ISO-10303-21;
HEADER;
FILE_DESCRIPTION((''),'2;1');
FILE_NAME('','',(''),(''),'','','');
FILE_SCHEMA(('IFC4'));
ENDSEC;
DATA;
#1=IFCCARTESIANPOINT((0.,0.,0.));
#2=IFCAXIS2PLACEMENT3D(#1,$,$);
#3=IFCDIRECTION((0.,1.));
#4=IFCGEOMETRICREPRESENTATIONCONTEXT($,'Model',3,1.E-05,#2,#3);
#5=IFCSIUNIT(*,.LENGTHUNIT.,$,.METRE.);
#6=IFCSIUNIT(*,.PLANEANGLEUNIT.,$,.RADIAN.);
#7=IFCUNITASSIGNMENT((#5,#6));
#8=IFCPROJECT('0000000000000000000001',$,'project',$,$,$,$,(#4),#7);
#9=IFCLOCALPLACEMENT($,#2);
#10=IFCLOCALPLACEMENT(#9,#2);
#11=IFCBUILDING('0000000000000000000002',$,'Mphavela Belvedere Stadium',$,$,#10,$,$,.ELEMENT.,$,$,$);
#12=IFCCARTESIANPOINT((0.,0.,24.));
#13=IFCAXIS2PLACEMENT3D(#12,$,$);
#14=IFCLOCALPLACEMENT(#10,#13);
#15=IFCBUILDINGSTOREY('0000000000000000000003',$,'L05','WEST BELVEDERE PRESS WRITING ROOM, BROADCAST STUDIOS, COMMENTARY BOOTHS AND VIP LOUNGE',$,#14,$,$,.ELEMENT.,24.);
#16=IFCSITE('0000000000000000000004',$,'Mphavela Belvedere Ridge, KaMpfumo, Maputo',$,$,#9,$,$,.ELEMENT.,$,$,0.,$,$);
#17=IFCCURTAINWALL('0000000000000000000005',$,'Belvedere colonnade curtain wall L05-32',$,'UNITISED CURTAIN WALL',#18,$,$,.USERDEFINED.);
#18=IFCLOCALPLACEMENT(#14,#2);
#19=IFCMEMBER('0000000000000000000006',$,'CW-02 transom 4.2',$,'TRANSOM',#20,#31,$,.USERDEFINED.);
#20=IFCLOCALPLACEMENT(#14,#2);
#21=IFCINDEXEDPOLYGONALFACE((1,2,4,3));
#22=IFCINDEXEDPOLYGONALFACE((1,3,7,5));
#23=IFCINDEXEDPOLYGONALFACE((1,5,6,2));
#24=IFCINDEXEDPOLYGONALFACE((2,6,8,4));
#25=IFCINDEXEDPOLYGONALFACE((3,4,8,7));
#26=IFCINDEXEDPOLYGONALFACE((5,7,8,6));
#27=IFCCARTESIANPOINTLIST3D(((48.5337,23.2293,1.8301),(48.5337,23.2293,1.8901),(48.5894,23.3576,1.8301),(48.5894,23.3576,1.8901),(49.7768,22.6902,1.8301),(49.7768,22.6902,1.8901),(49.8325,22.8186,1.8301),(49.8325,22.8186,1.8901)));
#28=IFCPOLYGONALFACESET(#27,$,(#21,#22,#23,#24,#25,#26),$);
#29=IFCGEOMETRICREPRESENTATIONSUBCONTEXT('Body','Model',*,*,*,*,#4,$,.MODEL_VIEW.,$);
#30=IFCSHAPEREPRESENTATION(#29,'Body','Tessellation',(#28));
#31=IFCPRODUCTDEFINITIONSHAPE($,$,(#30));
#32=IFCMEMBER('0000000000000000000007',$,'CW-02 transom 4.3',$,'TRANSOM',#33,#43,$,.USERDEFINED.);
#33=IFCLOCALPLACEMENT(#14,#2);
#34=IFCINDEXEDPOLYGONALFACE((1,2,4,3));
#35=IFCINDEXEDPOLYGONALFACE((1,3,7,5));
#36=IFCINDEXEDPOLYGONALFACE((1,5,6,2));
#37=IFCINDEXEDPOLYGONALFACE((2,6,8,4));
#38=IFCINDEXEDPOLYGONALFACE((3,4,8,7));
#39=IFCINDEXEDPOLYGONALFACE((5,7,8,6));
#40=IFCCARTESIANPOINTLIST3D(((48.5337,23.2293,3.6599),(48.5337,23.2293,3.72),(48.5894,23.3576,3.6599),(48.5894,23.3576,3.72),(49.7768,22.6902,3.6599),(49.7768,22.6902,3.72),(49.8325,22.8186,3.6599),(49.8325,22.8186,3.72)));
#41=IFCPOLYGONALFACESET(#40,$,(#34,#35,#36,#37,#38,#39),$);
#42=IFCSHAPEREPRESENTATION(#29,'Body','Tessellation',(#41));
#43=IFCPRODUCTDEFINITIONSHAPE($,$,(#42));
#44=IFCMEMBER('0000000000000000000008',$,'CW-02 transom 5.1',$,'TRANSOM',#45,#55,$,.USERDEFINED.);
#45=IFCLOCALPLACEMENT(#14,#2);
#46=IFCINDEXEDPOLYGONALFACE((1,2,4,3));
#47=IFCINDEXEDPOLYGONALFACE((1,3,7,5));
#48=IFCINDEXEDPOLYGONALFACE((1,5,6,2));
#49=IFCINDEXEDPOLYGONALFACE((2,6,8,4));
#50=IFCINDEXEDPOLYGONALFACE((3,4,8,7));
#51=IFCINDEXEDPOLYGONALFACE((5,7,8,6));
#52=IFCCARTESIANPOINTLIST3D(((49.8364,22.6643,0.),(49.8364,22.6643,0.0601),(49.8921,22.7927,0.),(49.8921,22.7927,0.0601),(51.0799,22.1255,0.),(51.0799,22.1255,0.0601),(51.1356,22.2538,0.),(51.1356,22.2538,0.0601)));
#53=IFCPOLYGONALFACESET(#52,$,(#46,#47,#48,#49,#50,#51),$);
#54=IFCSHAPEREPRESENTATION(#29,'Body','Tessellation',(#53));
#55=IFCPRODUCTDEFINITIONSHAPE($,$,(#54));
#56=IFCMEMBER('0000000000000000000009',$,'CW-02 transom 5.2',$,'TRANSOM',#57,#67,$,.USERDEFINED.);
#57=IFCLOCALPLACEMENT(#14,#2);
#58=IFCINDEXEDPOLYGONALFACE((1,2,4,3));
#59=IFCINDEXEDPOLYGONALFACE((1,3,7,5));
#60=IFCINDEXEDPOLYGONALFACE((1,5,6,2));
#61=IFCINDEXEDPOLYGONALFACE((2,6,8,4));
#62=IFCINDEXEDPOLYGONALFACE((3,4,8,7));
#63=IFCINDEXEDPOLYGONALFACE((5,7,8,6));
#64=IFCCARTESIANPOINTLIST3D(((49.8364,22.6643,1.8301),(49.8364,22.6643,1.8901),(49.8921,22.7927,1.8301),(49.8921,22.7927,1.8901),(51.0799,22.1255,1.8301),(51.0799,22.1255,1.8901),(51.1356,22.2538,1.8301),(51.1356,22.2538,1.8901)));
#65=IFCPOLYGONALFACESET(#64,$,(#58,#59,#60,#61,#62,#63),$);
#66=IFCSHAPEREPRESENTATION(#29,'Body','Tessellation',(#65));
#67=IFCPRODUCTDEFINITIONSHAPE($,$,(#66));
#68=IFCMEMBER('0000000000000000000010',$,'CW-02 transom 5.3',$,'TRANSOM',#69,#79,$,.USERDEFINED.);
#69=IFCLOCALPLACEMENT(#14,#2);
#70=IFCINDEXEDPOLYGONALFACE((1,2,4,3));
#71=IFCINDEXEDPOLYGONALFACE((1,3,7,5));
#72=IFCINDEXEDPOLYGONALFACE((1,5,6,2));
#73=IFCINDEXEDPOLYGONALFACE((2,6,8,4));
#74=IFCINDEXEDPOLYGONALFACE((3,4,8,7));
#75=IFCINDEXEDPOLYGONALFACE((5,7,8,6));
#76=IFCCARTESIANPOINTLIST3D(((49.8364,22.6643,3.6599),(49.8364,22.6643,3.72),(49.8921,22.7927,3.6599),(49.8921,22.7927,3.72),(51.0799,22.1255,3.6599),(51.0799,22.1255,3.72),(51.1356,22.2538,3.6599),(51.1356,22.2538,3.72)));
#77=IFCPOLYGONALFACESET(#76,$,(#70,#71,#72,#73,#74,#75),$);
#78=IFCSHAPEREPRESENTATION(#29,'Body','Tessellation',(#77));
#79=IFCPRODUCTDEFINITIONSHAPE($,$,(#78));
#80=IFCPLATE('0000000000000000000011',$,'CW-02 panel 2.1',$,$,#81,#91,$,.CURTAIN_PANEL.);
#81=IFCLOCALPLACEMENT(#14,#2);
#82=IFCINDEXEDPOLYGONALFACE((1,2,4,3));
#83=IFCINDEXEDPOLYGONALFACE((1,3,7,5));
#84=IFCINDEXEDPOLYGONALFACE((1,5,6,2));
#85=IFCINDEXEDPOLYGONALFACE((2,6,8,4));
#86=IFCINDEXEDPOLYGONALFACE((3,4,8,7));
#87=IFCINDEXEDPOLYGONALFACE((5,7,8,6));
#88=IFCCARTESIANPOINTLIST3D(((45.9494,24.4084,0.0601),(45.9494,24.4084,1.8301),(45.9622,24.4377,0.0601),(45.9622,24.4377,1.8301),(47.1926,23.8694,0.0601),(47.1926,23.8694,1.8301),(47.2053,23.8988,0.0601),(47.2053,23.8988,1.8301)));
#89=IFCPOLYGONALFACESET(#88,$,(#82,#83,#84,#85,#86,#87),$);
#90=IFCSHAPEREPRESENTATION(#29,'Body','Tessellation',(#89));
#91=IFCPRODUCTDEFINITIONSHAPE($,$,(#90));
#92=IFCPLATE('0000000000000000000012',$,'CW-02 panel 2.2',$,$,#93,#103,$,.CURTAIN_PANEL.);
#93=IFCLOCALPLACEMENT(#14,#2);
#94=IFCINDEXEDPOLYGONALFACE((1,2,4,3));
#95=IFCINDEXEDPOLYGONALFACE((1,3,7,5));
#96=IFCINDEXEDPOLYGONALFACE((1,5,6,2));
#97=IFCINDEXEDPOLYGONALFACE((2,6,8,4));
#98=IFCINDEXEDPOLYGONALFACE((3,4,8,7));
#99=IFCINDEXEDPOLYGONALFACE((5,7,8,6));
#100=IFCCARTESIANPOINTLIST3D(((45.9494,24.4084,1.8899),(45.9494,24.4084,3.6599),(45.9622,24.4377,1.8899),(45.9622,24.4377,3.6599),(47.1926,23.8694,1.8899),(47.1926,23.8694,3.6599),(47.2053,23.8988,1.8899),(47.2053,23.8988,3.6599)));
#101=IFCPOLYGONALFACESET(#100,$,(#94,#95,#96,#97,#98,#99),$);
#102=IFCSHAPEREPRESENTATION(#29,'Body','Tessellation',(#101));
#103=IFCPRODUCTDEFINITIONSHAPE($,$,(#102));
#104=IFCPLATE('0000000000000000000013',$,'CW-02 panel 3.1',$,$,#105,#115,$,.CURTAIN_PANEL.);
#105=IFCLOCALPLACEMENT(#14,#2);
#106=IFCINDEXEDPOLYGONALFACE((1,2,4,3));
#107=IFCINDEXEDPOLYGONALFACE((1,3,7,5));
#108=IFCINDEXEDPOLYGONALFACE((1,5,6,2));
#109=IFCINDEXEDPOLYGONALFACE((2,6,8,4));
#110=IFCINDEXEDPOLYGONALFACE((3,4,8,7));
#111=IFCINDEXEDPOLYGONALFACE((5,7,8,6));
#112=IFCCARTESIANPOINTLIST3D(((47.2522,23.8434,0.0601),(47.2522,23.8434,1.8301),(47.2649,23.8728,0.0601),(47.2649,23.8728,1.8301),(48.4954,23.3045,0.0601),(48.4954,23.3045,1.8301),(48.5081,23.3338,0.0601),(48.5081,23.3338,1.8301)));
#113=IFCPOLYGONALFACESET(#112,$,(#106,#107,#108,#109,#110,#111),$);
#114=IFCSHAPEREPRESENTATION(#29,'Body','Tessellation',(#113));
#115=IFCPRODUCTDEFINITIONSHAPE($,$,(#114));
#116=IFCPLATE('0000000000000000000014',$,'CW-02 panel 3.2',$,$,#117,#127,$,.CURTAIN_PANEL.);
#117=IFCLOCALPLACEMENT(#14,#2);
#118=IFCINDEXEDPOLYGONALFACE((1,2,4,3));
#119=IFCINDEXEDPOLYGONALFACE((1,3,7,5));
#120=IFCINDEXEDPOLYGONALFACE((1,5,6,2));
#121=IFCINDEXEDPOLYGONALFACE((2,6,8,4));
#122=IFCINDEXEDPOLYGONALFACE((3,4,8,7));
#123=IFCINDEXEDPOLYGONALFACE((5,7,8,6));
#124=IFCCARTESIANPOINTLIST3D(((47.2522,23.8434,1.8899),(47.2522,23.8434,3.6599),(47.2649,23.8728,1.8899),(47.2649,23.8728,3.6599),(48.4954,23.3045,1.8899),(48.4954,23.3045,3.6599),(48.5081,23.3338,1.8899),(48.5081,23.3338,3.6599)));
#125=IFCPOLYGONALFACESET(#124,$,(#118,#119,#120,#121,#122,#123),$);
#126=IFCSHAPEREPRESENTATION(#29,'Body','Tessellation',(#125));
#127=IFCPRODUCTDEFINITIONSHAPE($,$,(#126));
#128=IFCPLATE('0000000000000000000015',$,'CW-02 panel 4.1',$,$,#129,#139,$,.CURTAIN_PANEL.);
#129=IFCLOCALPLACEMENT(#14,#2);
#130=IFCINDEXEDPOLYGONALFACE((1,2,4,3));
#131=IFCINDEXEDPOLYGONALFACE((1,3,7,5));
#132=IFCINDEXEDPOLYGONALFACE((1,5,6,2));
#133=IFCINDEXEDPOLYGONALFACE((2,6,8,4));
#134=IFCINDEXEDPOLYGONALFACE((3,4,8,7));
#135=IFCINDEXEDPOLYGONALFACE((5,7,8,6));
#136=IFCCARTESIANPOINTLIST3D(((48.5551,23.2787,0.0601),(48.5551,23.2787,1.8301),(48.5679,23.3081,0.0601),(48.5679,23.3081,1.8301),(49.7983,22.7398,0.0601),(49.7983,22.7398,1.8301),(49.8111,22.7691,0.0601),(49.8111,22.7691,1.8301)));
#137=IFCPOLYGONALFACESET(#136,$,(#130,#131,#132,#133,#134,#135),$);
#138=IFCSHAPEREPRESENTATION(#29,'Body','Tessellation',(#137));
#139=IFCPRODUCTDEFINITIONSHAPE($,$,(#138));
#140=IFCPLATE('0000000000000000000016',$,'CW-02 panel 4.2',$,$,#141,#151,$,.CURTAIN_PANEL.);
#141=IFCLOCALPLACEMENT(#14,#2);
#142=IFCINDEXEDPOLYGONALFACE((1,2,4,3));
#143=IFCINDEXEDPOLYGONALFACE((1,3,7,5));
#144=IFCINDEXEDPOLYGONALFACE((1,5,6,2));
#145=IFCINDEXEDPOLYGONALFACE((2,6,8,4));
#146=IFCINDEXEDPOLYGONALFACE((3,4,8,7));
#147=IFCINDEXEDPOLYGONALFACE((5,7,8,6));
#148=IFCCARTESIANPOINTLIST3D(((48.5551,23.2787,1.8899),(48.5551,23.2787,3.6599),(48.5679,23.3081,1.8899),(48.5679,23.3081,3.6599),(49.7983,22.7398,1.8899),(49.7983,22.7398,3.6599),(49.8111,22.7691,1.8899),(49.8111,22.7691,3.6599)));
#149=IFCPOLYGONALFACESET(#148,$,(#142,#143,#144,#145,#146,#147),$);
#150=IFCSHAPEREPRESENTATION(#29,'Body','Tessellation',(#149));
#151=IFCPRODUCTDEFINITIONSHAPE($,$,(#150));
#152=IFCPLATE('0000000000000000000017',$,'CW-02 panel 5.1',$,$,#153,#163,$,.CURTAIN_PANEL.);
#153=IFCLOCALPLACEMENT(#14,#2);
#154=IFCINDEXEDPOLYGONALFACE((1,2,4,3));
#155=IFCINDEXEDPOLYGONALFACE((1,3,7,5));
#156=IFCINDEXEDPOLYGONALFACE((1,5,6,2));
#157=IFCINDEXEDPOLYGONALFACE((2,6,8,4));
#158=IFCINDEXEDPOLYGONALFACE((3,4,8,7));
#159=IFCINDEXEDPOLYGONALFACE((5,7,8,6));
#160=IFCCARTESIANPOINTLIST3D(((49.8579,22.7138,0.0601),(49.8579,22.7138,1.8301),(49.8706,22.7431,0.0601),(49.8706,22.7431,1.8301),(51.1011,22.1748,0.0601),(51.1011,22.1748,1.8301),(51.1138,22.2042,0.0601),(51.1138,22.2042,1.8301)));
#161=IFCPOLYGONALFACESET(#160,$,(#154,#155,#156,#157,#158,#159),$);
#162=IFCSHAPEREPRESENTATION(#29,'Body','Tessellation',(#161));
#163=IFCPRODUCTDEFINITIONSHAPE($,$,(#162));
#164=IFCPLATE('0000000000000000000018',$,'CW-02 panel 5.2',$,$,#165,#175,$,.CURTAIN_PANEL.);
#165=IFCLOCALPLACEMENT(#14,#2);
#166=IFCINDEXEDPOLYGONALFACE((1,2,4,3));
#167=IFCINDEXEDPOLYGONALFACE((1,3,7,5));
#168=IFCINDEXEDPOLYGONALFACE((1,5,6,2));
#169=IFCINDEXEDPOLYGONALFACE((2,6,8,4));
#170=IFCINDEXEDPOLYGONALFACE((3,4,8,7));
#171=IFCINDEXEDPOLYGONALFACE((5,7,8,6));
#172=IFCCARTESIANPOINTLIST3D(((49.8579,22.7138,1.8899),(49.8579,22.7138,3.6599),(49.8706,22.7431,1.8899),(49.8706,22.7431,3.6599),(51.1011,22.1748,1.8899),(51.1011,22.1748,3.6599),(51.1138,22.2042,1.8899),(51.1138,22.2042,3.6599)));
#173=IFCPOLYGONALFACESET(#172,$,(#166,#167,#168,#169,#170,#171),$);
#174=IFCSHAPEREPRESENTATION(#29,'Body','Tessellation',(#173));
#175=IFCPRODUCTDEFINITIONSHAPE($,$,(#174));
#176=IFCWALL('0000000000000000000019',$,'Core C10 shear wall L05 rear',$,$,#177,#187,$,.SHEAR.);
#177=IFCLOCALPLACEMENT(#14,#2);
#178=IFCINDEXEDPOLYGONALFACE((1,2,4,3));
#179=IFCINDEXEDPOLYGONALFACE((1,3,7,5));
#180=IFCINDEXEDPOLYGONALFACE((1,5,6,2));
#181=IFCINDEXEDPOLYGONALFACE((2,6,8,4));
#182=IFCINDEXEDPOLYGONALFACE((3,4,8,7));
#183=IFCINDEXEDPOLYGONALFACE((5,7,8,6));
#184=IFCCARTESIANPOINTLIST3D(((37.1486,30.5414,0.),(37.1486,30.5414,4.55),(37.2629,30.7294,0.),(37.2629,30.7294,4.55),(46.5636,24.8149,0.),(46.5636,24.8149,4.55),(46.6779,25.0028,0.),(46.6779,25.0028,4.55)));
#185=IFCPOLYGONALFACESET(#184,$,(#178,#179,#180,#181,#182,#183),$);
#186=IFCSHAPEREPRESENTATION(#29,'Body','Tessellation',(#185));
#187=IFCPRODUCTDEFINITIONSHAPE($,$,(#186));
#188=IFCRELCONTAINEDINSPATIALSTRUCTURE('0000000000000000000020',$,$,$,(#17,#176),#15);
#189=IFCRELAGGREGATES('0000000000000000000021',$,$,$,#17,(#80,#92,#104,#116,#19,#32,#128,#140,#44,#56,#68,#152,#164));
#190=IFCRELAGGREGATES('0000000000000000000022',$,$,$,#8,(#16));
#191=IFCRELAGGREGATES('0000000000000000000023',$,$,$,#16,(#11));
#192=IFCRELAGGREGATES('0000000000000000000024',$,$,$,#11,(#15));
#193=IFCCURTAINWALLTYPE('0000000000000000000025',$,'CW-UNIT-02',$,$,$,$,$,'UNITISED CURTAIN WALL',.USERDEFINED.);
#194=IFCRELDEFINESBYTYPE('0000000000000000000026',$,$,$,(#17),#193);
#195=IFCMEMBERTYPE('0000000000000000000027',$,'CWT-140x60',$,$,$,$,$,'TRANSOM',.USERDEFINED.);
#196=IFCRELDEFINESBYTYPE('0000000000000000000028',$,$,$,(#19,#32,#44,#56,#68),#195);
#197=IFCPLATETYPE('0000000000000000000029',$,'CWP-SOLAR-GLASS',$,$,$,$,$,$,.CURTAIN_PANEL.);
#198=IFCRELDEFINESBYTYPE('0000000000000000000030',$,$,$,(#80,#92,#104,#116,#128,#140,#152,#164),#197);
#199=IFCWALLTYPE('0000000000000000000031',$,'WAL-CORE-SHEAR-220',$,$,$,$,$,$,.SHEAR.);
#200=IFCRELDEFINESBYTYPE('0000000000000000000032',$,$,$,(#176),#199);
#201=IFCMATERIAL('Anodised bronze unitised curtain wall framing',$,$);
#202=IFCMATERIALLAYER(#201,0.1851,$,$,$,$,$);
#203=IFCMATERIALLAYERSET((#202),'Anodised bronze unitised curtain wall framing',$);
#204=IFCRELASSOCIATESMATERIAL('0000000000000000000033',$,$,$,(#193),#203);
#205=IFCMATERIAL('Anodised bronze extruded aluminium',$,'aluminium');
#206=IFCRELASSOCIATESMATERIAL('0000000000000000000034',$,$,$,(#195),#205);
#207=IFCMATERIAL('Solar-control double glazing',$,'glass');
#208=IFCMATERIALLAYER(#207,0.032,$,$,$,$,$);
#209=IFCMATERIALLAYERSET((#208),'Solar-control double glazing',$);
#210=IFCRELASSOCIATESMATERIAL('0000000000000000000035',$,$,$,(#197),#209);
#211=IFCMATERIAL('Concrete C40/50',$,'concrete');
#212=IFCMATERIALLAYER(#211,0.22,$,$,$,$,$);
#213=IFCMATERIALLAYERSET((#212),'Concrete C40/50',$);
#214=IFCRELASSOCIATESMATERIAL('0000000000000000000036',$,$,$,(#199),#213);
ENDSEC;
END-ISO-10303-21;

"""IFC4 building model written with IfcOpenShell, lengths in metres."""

from ifc_helpers import new_model, si_unit, direction, frame, frame_2d, origin, origin_2d, place, context, subcontext, project, spatial, rectangle, extrude, material, layer, layer_set, material_profile, profile_set, type_object, element, aggregate, save


model = new_model("IFC4")

# Units and contexts
model_context = context("Model", 3, precision=1e-05, world=origin(), true_north=direction((0.0, 1.0)))
body_context = subcontext(model_context, "Body", "Model", "MODEL_VIEW")
ifc_project = project(units=[si_unit("LENGTHUNIT", "METRE"), si_unit("PLANEANGLEUNIT", "RADIAN")], contexts=[model_context])

# Site, building, storey
site_placement = place(None, origin())
site = spatial("IfcSite", under=ifc_project, at=site_placement, Name="Mphavela Belvedere Ridge, KaMpfumo, Maputo", CompositionType="ELEMENT", RefElevation=0.0)
building_placement = place(site_placement, origin())
building = spatial("IfcBuilding", under=site, at=building_placement, Name="Mphavela Belvedere Stadium", CompositionType="ELEMENT")
storey_placement = place(building_placement, frame((0.0, 0.0, 24.0)))
storey = spatial("IfcBuildingStorey", under=building, at=storey_placement, Name="L05", Description="WEST BELVEDERE PRESS WRITING ROOM, BROADCAST STUDIOS, COMMENTARY BOOTHS AND VIP LOUNGE", CompositionType="ELEMENT", Elevation=24.0)

# Curtain wall, members, plates
ifc_material_1 = material(Name="Anodised bronze unitised curtain wall framing")
ifc_layer_1 = layer(ifc_material_1, 0.1851)
ifc_layer_set_1 = layer_set([ifc_layer_1], Name="Anodised bronze unitised curtain wall framing")
curtain_wall_type = type_object("IfcCurtainWallType", Name="CW-UNIT-02", ElementType="UNITISED CURTAIN WALL", PredefinedType="USERDEFINED", material=ifc_layer_set_1)
curtain_wall_placement = place(storey_placement, origin())
curtain_wall = element("IfcCurtainWall", 1, at=curtain_wall_placement, inside=storey, type_object=curtain_wall_type, Name="Belvedere colonnade curtain wall L05-32", ObjectType="UNITISED CURTAIN WALL", PredefinedType="USERDEFINED")
ifc_material_2 = material(Name="Anodised bronze extruded aluminium", Category="aluminium")
ifc_material_profile_1 = material_profile(ifc_material_2, rectangle(XDim=0.1399, YDim=0.0601, at=origin_2d()), Name="CW-TRN 140x60")
ifc_profile_set_1 = profile_set([ifc_material_profile_1], Name="Anodised bronze extruded aluminium")
member_type_1 = type_object("IfcMemberType", Name="CWT-140x60", ElementType="TRANSOM", PredefinedType="USERDEFINED", material=ifc_profile_set_1)
member_1_placement = place(storey_placement, frame((48.5615, 23.2935, 1.8601), z_axis=(0.917459, -0.39783, 0.0), x_axis=(0.39783, 0.917459, 0.0)))
member_1 = element("IfcMember", 2, at=member_1_placement, type_object=member_type_1, Name="CW-02 transom 4.2", ObjectType="TRANSOM", PredefinedType="USERDEFINED", context=body_context, shape_type="SweptSolid", body=[
    extrude(rectangle(XDim=0.1399, YDim=0.0601, at=origin_2d()), origin(), (0.0, 0.0, 1.0), 1.355),
])
member_2_placement = place(storey_placement, frame((48.5615, 23.2935, 3.6899), z_axis=(0.917459, -0.39783, 0.0), x_axis=(0.39783, 0.917459, 0.0)))
member_2 = element("IfcMember", 3, at=member_2_placement, type_object=member_type_1, Name="CW-02 transom 4.3", ObjectType="TRANSOM", PredefinedType="USERDEFINED", context=body_context, shape_type="SweptSolid", body=[
    extrude(rectangle(XDim=0.1399, YDim=0.0601, at=origin_2d()), origin(), (0.0, 0.0, 1.0), 1.355),
])
member_3_placement = place(storey_placement, frame((49.8643, 22.7285, 0.03), z_axis=(0.917553, -0.397612, 0.0), x_axis=(0.397612, 0.917553, 0.0)))
member_3 = element("IfcMember", 4, at=member_3_placement, type_object=member_type_1, Name="CW-02 transom 5.1", ObjectType="TRANSOM", PredefinedType="USERDEFINED", context=body_context, shape_type="SweptSolid", body=[
    extrude(rectangle(XDim=0.1399, YDim=0.0601, at=origin_2d()), origin(), (0.0, 0.0, 1.0), 1.3552),
])
member_4_placement = place(storey_placement, frame((49.8643, 22.7285, 1.8601), z_axis=(0.917553, -0.397612, 0.0), x_axis=(0.397612, 0.917553, 0.0)))
member_4 = element("IfcMember", 5, at=member_4_placement, type_object=member_type_1, Name="CW-02 transom 5.2", ObjectType="TRANSOM", PredefinedType="USERDEFINED", context=body_context, shape_type="SweptSolid", body=[
    extrude(rectangle(XDim=0.1399, YDim=0.0601, at=origin_2d()), origin(), (0.0, 0.0, 1.0), 1.3552),
])
member_5_placement = place(storey_placement, frame((49.8643, 22.7285, 3.6899), z_axis=(0.917553, -0.397612, 0.0), x_axis=(0.397612, 0.917553, 0.0)))
member_5 = element("IfcMember", 6, at=member_5_placement, type_object=member_type_1, Name="CW-02 transom 5.3", ObjectType="TRANSOM", PredefinedType="USERDEFINED", context=body_context, shape_type="SweptSolid", body=[
    extrude(rectangle(XDim=0.1399, YDim=0.0601, at=origin_2d()), origin(), (0.0, 0.0, 1.0), 1.3552),
])
ifc_material_3 = material(Name="Solar-control double glazing", Category="glass")
ifc_layer_2 = layer(ifc_material_3, 0.032)
ifc_layer_set_2 = layer_set([ifc_layer_2], Name="Solar-control double glazing")
plate_type = type_object("IfcPlateType", Name="CWP-SOLAR-GLASS", PredefinedType="CURTAIN_PANEL", material=ifc_layer_set_2)
plate_1_placement = place(storey_placement, frame((46.5774, 24.1536, 0.0601), z_axis=(0.0, 0.0, 1.0), x_axis=(0.917497, -0.397743, 0.0)))
plate_1 = element("IfcPlate", 7, at=plate_1_placement, type_object=plate_type, Name="CW-02 panel 2.1", PredefinedType="CURTAIN_PANEL", context=body_context, shape_type="SweptSolid", body=[
    extrude(rectangle(XDim=1.355, YDim=0.032, at=origin_2d()), origin(), (0.0, 0.0, 1.0), 1.77),
])
plate_2_placement = place(storey_placement, frame((46.5774, 24.1536, 1.8899), z_axis=(0.0, 0.0, 1.0), x_axis=(0.917497, -0.397743, 0.0)))
plate_2 = element("IfcPlate", 8, at=plate_2_placement, type_object=plate_type, Name="CW-02 panel 2.2", PredefinedType="CURTAIN_PANEL", context=body_context, shape_type="SweptSolid", body=[
    extrude(rectangle(XDim=1.355, YDim=0.032, at=origin_2d()), origin(), (0.0, 0.0, 1.0), 1.77),
])
plate_3_placement = place(storey_placement, frame((47.8801, 23.5886, 0.0601), z_axis=(0.0, 0.0, 1.0), x_axis=(0.917497, -0.397743, 0.0)))
plate_3 = element("IfcPlate", 9, at=plate_3_placement, type_object=plate_type, Name="CW-02 panel 3.1", PredefinedType="CURTAIN_PANEL", context=body_context, shape_type="SweptSolid", body=[
    extrude(rectangle(XDim=1.355, YDim=0.032, at=origin_2d()), origin(), (0.0, 0.0, 1.0), 1.77),
])
plate_4_placement = place(storey_placement, frame((47.8801, 23.5886, 1.8899), z_axis=(0.0, 0.0, 1.0), x_axis=(0.917497, -0.397743, 0.0)))
plate_4 = element("IfcPlate", 10, at=plate_4_placement, type_object=plate_type, Name="CW-02 panel 3.2", PredefinedType="CURTAIN_PANEL", context=body_context, shape_type="SweptSolid", body=[
    extrude(rectangle(XDim=1.355, YDim=0.032, at=origin_2d()), origin(), (0.0, 0.0, 1.0), 1.77),
])
plate_5_placement = place(storey_placement, frame((49.1831, 23.0239, 0.0601), z_axis=(0.0, 0.0, 1.0), x_axis=(0.917497, -0.397743, 0.0)))
plate_5 = element("IfcPlate", 11, at=plate_5_placement, type_object=plate_type, Name="CW-02 panel 4.1", PredefinedType="CURTAIN_PANEL", context=body_context, shape_type="SweptSolid", body=[
    extrude(rectangle(XDim=1.355, YDim=0.032, at=origin_2d()), origin(), (0.0, 0.0, 1.0), 1.77),
])
plate_6_placement = place(storey_placement, frame((49.1831, 23.0239, 1.8899), z_axis=(0.0, 0.0, 1.0), x_axis=(0.917497, -0.397743, 0.0)))
plate_6 = element("IfcPlate", 12, at=plate_6_placement, type_object=plate_type, Name="CW-02 panel 4.2", PredefinedType="CURTAIN_PANEL", context=body_context, shape_type="SweptSolid", body=[
    extrude(rectangle(XDim=1.355, YDim=0.032, at=origin_2d()), origin(), (0.0, 0.0, 1.0), 1.77),
])
plate_7_placement = place(storey_placement, frame((50.4858, 22.459, 0.0601), z_axis=(0.0, 0.0, 1.0), x_axis=(0.917497, -0.397743, 0.0)))
plate_7 = element("IfcPlate", 13, at=plate_7_placement, type_object=plate_type, Name="CW-02 panel 5.1", PredefinedType="CURTAIN_PANEL", context=body_context, shape_type="SweptSolid", body=[
    extrude(rectangle(XDim=1.355, YDim=0.032, at=origin_2d()), origin(), (0.0, 0.0, 1.0), 1.77),
])
plate_8_placement = place(storey_placement, frame((50.4858, 22.459, 1.8899), z_axis=(0.0, 0.0, 1.0), x_axis=(0.917497, -0.397743, 0.0)))
plate_8 = element("IfcPlate", 14, at=plate_8_placement, type_object=plate_type, Name="CW-02 panel 5.2", PredefinedType="CURTAIN_PANEL", context=body_context, shape_type="SweptSolid", body=[
    extrude(rectangle(XDim=1.355, YDim=0.032, at=origin_2d()), origin(), (0.0, 0.0, 1.0), 1.77),
])
aggregate(curtain_wall, [plate_1, plate_2, plate_3, plate_4, member_1, member_2, plate_5, plate_6, member_3, member_4, member_5, plate_7, plate_8])

# Wall
ifc_material_4 = material(Name="Concrete C40/50", Category="concrete")
ifc_layer_3 = layer(ifc_material_4, 0.22)
ifc_layer_set_3 = layer_set([ifc_layer_3], Name="Concrete C40/50")
wall_type_1 = type_object("IfcWallType", Name="WAL-CORE-SHEAR-220", PredefinedType="SHEAR", material=ifc_layer_set_3)
wall_1_placement = place(storey_placement, frame((46.6206, 24.9089, 0.0), z_axis=(0.0, 0.0, 1.0), x_axis=(-0.854373, 0.51966, 0.0)))
element("IfcWall", 15, at=wall_1_placement, inside=storey, type_object=wall_type_1, Name="Core C10 shear wall L05 rear", PredefinedType="SHEAR", context=body_context, shape_type="SweptSolid", body=[
    extrude(rectangle(XDim=11.0198, YDim=0.22, at=frame_2d((5.5098, 0.0))), origin(), (0.0, 0.0, 1.0), 4.55),
])

save(model, "model.ifc")
